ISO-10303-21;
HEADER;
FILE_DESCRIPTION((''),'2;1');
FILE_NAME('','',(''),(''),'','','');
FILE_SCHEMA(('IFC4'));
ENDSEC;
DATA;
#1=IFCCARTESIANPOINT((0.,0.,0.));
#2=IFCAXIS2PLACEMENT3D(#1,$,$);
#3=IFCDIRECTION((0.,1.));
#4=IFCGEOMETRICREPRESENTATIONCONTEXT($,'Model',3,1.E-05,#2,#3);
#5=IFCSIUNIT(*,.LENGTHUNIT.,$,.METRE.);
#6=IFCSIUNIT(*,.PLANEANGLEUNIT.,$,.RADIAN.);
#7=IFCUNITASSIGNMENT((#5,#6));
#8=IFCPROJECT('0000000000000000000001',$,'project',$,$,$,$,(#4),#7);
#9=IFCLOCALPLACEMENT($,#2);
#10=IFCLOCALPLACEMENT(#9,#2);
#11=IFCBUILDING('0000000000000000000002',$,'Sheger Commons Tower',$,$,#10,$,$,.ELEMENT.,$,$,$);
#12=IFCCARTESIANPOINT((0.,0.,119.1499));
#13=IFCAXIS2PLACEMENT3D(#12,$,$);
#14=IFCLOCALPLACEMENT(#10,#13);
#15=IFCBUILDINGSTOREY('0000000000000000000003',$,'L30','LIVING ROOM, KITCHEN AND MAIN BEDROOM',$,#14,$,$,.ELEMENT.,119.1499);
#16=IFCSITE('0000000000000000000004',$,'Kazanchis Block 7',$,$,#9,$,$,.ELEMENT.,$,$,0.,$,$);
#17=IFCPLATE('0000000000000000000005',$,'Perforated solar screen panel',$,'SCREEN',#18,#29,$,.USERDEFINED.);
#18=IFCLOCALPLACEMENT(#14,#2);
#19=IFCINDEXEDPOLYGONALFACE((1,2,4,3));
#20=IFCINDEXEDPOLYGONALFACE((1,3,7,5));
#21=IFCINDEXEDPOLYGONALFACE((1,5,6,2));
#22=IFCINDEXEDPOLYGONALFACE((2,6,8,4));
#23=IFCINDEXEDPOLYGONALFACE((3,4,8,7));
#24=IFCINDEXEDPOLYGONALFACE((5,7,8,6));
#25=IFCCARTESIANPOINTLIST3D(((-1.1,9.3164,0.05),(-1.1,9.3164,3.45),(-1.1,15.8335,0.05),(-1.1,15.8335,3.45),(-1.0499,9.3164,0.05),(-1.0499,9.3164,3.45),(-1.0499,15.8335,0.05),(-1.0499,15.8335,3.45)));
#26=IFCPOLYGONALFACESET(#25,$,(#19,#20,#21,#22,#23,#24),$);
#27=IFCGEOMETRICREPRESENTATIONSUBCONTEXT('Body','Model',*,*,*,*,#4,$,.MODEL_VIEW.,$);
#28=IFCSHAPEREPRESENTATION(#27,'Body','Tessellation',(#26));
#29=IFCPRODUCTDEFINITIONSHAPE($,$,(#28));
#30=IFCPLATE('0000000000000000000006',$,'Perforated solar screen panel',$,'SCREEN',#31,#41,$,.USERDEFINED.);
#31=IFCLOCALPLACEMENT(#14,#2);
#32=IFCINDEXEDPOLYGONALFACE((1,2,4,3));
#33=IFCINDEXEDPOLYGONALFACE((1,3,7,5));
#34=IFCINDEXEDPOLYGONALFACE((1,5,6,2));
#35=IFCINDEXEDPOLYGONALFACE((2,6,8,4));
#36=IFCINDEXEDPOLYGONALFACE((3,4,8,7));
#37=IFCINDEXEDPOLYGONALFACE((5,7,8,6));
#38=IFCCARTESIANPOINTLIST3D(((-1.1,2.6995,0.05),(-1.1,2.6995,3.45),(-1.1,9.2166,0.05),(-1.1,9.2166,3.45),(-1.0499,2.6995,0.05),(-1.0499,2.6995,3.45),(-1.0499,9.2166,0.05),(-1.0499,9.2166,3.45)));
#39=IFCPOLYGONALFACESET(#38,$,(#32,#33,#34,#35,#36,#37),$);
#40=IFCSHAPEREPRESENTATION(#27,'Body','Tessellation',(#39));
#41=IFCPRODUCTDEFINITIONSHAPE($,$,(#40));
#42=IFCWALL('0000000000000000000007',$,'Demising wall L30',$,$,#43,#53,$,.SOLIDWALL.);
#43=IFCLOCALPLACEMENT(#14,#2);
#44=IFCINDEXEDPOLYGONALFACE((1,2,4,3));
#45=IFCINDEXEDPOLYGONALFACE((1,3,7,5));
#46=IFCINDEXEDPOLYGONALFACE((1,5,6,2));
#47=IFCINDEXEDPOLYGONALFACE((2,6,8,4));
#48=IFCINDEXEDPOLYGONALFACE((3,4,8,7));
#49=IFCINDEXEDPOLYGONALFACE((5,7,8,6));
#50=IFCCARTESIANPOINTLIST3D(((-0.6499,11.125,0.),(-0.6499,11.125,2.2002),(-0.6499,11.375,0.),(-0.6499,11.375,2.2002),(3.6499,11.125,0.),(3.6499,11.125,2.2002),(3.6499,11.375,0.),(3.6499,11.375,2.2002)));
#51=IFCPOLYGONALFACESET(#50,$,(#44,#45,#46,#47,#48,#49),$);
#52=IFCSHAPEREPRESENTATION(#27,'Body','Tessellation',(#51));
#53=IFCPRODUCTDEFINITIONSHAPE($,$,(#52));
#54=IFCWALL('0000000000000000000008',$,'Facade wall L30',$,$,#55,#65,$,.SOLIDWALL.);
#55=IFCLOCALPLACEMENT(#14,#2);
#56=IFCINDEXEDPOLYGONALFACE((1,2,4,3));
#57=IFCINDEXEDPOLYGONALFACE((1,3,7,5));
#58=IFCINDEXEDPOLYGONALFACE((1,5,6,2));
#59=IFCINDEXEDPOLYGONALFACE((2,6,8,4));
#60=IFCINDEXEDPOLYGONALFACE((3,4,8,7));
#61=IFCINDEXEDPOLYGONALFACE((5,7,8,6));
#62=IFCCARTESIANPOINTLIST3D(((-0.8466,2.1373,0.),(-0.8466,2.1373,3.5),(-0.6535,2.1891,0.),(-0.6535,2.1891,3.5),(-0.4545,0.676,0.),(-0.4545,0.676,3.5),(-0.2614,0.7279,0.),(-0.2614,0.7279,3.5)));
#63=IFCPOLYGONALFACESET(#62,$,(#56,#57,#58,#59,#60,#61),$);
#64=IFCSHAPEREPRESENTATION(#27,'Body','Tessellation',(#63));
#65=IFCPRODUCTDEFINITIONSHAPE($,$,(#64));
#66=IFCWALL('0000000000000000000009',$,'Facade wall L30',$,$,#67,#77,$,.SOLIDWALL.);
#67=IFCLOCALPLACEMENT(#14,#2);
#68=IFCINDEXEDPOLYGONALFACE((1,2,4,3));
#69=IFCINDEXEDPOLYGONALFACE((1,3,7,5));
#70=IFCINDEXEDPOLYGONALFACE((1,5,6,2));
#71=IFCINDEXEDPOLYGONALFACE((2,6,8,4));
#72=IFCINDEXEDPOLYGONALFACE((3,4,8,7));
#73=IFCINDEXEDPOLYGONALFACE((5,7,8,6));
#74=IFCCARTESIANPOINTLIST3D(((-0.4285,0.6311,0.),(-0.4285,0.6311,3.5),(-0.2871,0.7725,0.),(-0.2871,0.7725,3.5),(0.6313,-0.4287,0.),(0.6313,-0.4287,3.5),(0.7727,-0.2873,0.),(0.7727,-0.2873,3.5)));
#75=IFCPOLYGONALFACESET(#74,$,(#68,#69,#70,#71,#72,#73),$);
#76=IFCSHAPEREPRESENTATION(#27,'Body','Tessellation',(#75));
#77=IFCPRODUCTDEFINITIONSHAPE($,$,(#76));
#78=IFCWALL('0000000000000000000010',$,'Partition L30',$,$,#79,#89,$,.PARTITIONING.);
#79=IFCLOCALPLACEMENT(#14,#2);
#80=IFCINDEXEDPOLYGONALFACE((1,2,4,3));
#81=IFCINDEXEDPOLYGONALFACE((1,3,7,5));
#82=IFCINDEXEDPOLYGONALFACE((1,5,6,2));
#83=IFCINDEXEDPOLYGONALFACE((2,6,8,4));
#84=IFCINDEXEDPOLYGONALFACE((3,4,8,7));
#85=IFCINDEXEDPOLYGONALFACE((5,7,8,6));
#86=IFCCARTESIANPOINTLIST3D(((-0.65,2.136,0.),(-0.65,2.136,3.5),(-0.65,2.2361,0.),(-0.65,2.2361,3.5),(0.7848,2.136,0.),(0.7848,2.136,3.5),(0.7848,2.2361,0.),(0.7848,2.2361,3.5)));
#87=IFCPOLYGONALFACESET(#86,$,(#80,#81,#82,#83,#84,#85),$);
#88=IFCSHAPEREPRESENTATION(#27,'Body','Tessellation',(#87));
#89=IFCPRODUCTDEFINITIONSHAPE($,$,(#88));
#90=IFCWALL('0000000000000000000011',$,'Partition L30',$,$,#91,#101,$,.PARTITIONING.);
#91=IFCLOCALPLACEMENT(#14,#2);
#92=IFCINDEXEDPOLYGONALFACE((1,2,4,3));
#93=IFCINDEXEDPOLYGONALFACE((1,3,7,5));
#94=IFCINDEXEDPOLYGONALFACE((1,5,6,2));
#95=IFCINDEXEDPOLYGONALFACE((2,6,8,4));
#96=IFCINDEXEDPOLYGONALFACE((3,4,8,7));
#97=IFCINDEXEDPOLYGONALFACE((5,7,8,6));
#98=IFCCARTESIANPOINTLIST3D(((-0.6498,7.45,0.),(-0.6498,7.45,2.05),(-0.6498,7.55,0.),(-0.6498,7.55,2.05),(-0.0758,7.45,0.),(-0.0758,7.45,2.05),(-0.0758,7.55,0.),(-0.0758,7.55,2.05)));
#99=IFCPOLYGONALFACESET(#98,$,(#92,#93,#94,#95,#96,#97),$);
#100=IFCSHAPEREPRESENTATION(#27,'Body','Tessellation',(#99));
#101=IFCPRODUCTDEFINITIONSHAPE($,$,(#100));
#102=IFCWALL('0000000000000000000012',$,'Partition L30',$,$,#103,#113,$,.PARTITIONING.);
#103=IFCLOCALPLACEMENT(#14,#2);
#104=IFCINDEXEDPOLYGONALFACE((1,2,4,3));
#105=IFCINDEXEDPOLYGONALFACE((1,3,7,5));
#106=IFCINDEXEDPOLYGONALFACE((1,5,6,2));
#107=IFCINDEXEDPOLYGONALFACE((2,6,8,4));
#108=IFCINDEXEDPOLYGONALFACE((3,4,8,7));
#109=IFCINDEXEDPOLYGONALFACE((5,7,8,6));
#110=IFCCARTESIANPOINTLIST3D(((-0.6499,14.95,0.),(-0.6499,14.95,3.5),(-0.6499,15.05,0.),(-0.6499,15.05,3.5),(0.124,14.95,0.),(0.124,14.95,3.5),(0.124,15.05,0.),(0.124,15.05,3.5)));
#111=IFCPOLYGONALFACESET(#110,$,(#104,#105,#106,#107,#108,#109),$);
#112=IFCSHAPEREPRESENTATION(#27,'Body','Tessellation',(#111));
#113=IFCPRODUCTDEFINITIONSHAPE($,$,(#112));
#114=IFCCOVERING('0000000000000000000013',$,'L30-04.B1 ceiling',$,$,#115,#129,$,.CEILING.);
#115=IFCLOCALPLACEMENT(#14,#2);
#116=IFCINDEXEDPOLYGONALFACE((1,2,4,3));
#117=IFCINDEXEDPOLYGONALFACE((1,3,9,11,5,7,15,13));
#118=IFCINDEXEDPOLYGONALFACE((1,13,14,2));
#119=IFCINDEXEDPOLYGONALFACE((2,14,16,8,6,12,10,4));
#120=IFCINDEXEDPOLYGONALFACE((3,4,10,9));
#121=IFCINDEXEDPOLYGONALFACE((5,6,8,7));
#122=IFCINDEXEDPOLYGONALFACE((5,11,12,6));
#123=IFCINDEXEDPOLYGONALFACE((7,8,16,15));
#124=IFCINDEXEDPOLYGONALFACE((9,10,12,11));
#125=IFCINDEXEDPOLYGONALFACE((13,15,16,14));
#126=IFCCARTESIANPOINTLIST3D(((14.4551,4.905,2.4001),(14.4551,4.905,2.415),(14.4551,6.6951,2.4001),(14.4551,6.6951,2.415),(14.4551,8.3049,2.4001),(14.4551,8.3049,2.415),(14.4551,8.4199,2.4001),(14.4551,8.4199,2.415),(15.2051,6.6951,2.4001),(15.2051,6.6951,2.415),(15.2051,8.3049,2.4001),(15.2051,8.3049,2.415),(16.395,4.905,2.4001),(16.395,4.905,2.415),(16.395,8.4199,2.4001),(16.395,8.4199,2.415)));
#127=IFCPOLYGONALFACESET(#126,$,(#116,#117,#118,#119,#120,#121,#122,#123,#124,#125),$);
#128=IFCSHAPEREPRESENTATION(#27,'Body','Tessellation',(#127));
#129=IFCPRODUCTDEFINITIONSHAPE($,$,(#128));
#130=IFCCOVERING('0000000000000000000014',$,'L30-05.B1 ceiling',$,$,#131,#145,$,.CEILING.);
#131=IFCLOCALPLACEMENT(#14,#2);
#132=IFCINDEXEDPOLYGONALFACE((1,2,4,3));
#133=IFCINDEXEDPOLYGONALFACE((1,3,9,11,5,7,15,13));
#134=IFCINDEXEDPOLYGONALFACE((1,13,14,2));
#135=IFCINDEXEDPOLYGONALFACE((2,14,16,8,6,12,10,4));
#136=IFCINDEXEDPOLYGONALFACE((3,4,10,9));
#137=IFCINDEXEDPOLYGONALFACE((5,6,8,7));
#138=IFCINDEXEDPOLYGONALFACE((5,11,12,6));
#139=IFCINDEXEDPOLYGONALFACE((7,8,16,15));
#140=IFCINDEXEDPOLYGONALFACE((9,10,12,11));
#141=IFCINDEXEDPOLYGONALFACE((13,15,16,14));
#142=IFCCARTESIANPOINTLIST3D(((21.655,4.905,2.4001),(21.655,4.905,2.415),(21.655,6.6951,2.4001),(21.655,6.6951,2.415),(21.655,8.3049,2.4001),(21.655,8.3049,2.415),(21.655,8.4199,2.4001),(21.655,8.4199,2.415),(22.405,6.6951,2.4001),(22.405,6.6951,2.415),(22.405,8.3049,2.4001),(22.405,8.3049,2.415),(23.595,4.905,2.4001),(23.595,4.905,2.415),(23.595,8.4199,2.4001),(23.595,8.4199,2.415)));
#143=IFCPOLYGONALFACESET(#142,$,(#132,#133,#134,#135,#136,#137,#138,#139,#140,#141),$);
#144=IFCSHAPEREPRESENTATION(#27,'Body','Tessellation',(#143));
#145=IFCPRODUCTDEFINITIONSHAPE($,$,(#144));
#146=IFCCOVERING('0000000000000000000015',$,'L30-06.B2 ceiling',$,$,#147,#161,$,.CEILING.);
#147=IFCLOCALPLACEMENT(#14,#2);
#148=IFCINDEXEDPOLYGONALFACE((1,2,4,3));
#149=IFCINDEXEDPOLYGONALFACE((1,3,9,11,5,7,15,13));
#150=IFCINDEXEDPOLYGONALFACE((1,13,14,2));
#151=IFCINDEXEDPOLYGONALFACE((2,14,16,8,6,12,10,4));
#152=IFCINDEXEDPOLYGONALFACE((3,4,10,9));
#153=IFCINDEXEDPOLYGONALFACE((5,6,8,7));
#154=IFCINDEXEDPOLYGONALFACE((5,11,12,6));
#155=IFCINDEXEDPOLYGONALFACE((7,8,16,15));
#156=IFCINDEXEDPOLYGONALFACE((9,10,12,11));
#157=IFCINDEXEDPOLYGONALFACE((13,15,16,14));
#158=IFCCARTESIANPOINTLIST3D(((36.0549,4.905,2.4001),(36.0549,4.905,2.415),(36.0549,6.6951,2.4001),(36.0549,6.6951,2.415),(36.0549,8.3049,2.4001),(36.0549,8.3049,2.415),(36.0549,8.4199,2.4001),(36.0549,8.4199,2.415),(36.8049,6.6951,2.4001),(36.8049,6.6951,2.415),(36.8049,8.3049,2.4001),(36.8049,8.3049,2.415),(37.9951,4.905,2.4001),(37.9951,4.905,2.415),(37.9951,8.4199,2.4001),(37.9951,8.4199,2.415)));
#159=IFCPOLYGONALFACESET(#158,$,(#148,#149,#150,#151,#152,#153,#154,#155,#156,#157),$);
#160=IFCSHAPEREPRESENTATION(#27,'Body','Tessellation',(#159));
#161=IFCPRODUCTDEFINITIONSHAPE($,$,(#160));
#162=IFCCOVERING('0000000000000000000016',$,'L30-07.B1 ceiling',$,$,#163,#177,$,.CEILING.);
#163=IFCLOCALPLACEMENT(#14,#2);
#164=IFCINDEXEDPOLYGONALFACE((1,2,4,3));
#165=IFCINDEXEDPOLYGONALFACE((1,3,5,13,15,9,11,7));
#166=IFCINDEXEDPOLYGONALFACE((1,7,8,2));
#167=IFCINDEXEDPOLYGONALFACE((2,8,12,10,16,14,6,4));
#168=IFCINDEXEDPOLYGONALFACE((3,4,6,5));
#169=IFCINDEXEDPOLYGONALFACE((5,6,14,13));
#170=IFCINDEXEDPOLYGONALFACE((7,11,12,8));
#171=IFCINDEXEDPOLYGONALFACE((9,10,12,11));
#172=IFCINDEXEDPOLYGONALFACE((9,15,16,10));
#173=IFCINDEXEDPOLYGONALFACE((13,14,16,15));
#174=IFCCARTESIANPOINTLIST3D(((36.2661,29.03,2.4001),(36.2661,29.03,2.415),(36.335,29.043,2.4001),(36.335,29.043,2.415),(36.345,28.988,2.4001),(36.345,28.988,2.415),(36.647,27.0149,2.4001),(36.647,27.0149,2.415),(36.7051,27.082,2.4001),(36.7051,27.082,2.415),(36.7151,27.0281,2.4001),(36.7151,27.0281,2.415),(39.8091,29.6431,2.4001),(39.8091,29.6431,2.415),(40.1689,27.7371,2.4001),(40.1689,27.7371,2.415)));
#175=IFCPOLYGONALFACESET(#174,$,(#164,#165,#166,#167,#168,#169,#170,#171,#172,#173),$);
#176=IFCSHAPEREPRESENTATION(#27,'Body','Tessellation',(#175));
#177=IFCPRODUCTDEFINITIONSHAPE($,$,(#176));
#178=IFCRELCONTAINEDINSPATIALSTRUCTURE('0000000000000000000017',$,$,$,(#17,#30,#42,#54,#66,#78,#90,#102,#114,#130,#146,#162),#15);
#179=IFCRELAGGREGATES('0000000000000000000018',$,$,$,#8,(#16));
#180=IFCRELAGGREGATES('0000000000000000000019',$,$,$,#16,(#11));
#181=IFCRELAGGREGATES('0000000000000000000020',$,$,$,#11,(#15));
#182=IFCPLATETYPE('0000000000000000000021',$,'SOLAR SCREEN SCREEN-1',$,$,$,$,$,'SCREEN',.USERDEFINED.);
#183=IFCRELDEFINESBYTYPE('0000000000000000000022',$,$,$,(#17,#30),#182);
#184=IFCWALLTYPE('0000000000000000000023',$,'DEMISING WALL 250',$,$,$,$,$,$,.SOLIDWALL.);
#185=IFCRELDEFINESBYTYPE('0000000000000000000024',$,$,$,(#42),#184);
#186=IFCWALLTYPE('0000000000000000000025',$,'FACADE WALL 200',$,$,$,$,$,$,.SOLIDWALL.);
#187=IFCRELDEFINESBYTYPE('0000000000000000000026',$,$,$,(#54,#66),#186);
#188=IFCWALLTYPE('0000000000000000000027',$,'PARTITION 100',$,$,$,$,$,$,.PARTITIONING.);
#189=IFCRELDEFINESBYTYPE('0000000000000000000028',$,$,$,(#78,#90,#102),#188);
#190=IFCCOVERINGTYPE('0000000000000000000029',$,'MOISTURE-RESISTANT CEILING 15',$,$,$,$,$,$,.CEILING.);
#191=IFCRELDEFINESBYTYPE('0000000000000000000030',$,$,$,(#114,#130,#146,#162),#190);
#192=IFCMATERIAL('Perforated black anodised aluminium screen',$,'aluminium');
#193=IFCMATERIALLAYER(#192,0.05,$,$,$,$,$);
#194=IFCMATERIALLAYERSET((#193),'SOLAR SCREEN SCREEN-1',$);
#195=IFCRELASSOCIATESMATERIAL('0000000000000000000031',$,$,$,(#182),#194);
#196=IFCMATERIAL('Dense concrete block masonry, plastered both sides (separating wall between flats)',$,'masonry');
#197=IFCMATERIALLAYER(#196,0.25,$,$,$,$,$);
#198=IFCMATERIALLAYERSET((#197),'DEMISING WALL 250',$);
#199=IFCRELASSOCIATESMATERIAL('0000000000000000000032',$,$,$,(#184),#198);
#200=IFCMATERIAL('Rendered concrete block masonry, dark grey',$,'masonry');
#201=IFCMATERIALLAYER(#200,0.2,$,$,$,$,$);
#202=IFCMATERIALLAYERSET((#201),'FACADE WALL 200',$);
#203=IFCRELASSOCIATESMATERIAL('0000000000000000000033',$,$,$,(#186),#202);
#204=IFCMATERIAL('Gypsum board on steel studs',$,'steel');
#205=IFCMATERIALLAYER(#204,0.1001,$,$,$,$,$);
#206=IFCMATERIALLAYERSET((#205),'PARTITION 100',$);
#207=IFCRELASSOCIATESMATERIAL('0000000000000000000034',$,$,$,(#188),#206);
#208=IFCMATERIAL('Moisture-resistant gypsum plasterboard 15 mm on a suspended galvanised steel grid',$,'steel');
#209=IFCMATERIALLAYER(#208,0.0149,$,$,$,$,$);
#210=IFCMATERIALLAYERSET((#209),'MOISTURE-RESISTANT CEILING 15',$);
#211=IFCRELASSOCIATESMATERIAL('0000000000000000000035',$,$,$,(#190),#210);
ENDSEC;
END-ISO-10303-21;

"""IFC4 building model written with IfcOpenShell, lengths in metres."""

from ifc_helpers import new_model, si_unit, direction, frame, frame_2d, origin, origin_2d, place, context, subcontext, project, spatial, polyline, rectangle, outline, extrude, material, layer, layer_set, type_object, element, save


model = new_model("IFC4")

# Units and contexts
model_context = context("Model", 3, precision=1e-05, world=origin(), true_north=direction((0.0, 1.0)))
body_context = subcontext(model_context, "Body", "Model", "MODEL_VIEW")
ifc_project = project(units=[si_unit("LENGTHUNIT", "METRE"), si_unit("PLANEANGLEUNIT", "RADIAN")], contexts=[model_context])

# Site, building, storey
site_placement = place(None, origin())
site = spatial("IfcSite", under=ifc_project, at=site_placement, Name="Kazanchis Block 7", CompositionType="ELEMENT", RefElevation=0.0)
building_placement = place(site_placement, origin())
building = spatial("IfcBuilding", under=site, at=building_placement, Name="Sheger Commons Tower", CompositionType="ELEMENT")
storey_placement = place(building_placement, frame((0.0, 0.0, 119.1499)))
storey = spatial("IfcBuildingStorey", under=building, at=storey_placement, Name="L30", Description="LIVING ROOM, KITCHEN AND MAIN BEDROOM", CompositionType="ELEMENT", Elevation=119.1499)

# Plates
ifc_material_1 = material(Name="Perforated black anodised aluminium screen", Category="aluminium")
ifc_layer_1 = layer(ifc_material_1, 0.05)
ifc_layer_set_1 = layer_set([ifc_layer_1], Name="SOLAR SCREEN SCREEN-1")
plate_type = type_object("IfcPlateType", Name="SOLAR SCREEN SCREEN-1", ElementType="SCREEN", PredefinedType="USERDEFINED", material=ifc_layer_set_1)
for number, where, z_axis, x_axis, name in (
    (1, (-1.075, 12.575, 0.05), (0.0, 0.0, 1.0), (0.0, -1.0, 0.0), "Perforated solar screen panel"),
    (2, (-1.075, 5.958, 0.05), (0.0, 0.0, 1.0), (0.0, -1.0, 0.0), "Perforated solar screen panel"),
):
    element("IfcPlate", number, at=place(storey_placement, frame(where, z_axis=z_axis, x_axis=x_axis)), inside=storey, type_object=plate_type, Name=name, ObjectType="SCREEN", PredefinedType="USERDEFINED", context=body_context, shape_type="SweptSolid", body=[
        extrude(rectangle(XDim=6.5171, YDim=0.05, at=origin_2d()), origin(), (0.0, 0.0, 1.0), 3.3999),
    ])

# Walls
ifc_material_2 = material(Name="Dense concrete block masonry, plastered both sides (separating wall between flats)", Category="masonry")
ifc_layer_2 = layer(ifc_material_2, 0.25)
ifc_layer_set_2 = layer_set([ifc_layer_2], Name="DEMISING WALL 250")
wall_type_1 = type_object("IfcWallType", Name="DEMISING WALL 250", PredefinedType="SOLIDWALL", material=ifc_layer_set_2)
wall_1_placement = place(storey_placement, frame((-0.6499, 11.25, 0.0), z_axis=(0.0, 0.0, 1.0), x_axis=(1.0, 0.0, 0.0)))
element("IfcWall", 3, at=wall_1_placement, inside=storey, type_object=wall_type_1, Name="Demising wall L30", PredefinedType="SOLIDWALL", context=body_context, shape_type="SweptSolid", body=[
    extrude(rectangle(XDim=4.2998, YDim=0.25, at=frame_2d((2.1499, 0.0))), origin(), (0.0, 0.0, 1.0), 2.2002),
])
ifc_material_3 = material(Name="Rendered concrete block masonry, dark grey", Category="masonry")
ifc_layer_3 = layer(ifc_material_3, 0.2)
ifc_layer_set_3 = layer_set([ifc_layer_3], Name="FACADE WALL 200")
wall_type_2 = type_object("IfcWallType", Name="FACADE WALL 200", PredefinedType="SOLIDWALL", material=ifc_layer_set_3)
wall_2_placement = place(storey_placement, frame((-0.75, 2.1631, 0.0), z_axis=(0.0, 0.0, 1.0), x_axis=(0.259169, -0.965832, 0.0)))
element("IfcWall", 4, at=wall_2_placement, inside=storey, type_object=wall_type_2, Name="Facade wall L30", PredefinedType="SOLIDWALL", context=body_context, shape_type="SweptSolid", body=[
    extrude(rectangle(XDim=1.5129, YDim=0.2, at=frame_2d((0.7563, 0.0))), origin(), (0.0, 0.0, 1.0), 3.5),
])
wall_3_placement = place(storey_placement, frame((-0.3579, 0.7019, 0.0), z_axis=(0.0, 0.0, 1.0), x_axis=(0.707107, -0.707107, 0.0)))
element("IfcWall", 5, at=wall_3_placement, inside=storey, type_object=wall_type_2, Name="Facade wall L30", PredefinedType="SOLIDWALL", context=body_context, shape_type="SweptSolid", body=[
    extrude(rectangle(XDim=1.4988, YDim=0.2, at=frame_2d((0.7495, 0.0))), origin(), (0.0, 0.0, 1.0), 3.5),
])
ifc_material_4 = material(Name="Gypsum board on steel studs", Category="steel")
ifc_layer_4 = layer(ifc_material_4, 0.1001)
ifc_layer_set_4 = layer_set([ifc_layer_4], Name="PARTITION 100")
wall_type_3 = type_object("IfcWallType", Name="PARTITION 100", PredefinedType="PARTITIONING", material=ifc_layer_set_4)
wall_4_placement = place(storey_placement, frame((-0.6499, 2.186, 0.0), z_axis=(0.0, 0.0, 1.0), x_axis=(1.0, 0.0, 0.0)))
element("IfcWall", 6, at=wall_4_placement, inside=storey, type_object=wall_type_3, Name="Partition L30", PredefinedType="PARTITIONING", context=body_context, shape_type="SweptSolid", body=[
    extrude(rectangle(XDim=1.4348, YDim=0.1001, at=frame_2d((0.7173, 0.0))), origin(), (0.0, 0.0, 1.0), 3.5),
])
wall_5_placement = place(storey_placement, frame((-0.6499, 7.5, 0.0), z_axis=(0.0, 0.0, 1.0), x_axis=(1.0, 0.0, 0.0)))
element("IfcWall", 7, at=wall_5_placement, inside=storey, type_object=wall_type_3, Name="Partition L30", PredefinedType="PARTITIONING", context=body_context, shape_type="SweptSolid", body=[
    extrude(rectangle(XDim=0.574, YDim=0.1001, at=frame_2d((0.2871, 0.0))), origin(), (0.0, 0.0, 1.0), 2.05),
])
wall_6_placement = place(storey_placement, frame((-0.6499, 15.0, 0.0), z_axis=(0.0, 0.0, 1.0), x_axis=(1.0, 0.0, 0.0)))
element("IfcWall", 8, at=wall_6_placement, inside=storey, type_object=wall_type_3, Name="Partition L30", PredefinedType="PARTITIONING", context=body_context, shape_type="SweptSolid", body=[
    extrude(rectangle(XDim=0.7739, YDim=0.1001, at=frame_2d((0.387, 0.0))), origin(), (0.0, 0.0, 1.0), 3.5),
])

# Coverings
ifc_material_5 = material(Name="Moisture-resistant gypsum plasterboard 15 mm on a suspended galvanised steel grid", Category="steel")
ifc_layer_5 = layer(ifc_material_5, 0.0149)
ifc_layer_set_5 = layer_set([ifc_layer_5], Name="MOISTURE-RESISTANT CEILING 15")
covering_type_1 = type_object("IfcCoveringType", Name="MOISTURE-RESISTANT CEILING 15", PredefinedType="CEILING", material=ifc_layer_set_5)
covering_1_placement = place(storey_placement, frame((0.0, 0.0, 2.4001)))
element("IfcCovering", 9, at=covering_1_placement, inside=storey, type_object=covering_type_1, Name="L30-04.B1 ceiling", PredefinedType="CEILING", context=body_context, shape_type="SweptSolid", body=[
    extrude(outline(polyline([(14.4551, 4.905), (16.395, 4.905), (16.395, 8.4199), (14.4551, 8.4199), (14.4551, 8.3049), (15.2051, 8.3049), (15.2051, 6.6951), (14.4551, 6.6951), (14.4551, 4.905)])), origin(), (0.0, 0.0, 1.0), 0.0149),
])
covering_2_placement = place(storey_placement, frame((0.0, 0.0, 2.4001)))
element("IfcCovering", 10, at=covering_2_placement, inside=storey, type_object=covering_type_1, Name="L30-05.B1 ceiling", PredefinedType="CEILING", context=body_context, shape_type="SweptSolid", body=[
    extrude(outline(polyline([(21.655, 4.905), (23.595, 4.905), (23.595, 8.4199), (21.655, 8.4199), (21.655, 8.3049), (22.405, 8.3049), (22.405, 6.6951), (21.655, 6.6951), (21.655, 4.905)])), origin(), (0.0, 0.0, 1.0), 0.0149),
])
covering_3_placement = place(storey_placement, frame((0.0, 0.0, 2.4001)))
element("IfcCovering", 11, at=covering_3_placement, inside=storey, type_object=covering_type_1, Name="L30-06.B2 ceiling", PredefinedType="CEILING", context=body_context, shape_type="SweptSolid", body=[
    extrude(outline(polyline([(36.0549, 4.905), (37.9951, 4.905), (37.9951, 8.4199), (36.0549, 8.4199), (36.0549, 8.3049), (36.8049, 8.3049), (36.8049, 6.6951), (36.0549, 6.6951), (36.0549, 4.905)])), origin(), (0.0, 0.0, 1.0), 0.0149),
])
covering_4_placement = place(storey_placement, frame((0.0, 0.0, 2.4001)))
element("IfcCovering", 12, at=covering_4_placement, inside=storey, type_object=covering_type_1, Name="L30-07.B1 ceiling", PredefinedType="CEILING", context=body_context, shape_type="SweptSolid", body=[
    extrude(outline(polyline([(36.647, 27.0149), (36.7151, 27.0281), (36.7051, 27.082), (40.1689, 27.7371), (39.8091, 29.6431), (36.345, 28.988), (36.335, 29.043), (36.2661, 29.03), (36.647, 27.0149)])), origin(), (0.0, 0.0, 1.0), 0.0149),
])

save(model, "model.ifc")
